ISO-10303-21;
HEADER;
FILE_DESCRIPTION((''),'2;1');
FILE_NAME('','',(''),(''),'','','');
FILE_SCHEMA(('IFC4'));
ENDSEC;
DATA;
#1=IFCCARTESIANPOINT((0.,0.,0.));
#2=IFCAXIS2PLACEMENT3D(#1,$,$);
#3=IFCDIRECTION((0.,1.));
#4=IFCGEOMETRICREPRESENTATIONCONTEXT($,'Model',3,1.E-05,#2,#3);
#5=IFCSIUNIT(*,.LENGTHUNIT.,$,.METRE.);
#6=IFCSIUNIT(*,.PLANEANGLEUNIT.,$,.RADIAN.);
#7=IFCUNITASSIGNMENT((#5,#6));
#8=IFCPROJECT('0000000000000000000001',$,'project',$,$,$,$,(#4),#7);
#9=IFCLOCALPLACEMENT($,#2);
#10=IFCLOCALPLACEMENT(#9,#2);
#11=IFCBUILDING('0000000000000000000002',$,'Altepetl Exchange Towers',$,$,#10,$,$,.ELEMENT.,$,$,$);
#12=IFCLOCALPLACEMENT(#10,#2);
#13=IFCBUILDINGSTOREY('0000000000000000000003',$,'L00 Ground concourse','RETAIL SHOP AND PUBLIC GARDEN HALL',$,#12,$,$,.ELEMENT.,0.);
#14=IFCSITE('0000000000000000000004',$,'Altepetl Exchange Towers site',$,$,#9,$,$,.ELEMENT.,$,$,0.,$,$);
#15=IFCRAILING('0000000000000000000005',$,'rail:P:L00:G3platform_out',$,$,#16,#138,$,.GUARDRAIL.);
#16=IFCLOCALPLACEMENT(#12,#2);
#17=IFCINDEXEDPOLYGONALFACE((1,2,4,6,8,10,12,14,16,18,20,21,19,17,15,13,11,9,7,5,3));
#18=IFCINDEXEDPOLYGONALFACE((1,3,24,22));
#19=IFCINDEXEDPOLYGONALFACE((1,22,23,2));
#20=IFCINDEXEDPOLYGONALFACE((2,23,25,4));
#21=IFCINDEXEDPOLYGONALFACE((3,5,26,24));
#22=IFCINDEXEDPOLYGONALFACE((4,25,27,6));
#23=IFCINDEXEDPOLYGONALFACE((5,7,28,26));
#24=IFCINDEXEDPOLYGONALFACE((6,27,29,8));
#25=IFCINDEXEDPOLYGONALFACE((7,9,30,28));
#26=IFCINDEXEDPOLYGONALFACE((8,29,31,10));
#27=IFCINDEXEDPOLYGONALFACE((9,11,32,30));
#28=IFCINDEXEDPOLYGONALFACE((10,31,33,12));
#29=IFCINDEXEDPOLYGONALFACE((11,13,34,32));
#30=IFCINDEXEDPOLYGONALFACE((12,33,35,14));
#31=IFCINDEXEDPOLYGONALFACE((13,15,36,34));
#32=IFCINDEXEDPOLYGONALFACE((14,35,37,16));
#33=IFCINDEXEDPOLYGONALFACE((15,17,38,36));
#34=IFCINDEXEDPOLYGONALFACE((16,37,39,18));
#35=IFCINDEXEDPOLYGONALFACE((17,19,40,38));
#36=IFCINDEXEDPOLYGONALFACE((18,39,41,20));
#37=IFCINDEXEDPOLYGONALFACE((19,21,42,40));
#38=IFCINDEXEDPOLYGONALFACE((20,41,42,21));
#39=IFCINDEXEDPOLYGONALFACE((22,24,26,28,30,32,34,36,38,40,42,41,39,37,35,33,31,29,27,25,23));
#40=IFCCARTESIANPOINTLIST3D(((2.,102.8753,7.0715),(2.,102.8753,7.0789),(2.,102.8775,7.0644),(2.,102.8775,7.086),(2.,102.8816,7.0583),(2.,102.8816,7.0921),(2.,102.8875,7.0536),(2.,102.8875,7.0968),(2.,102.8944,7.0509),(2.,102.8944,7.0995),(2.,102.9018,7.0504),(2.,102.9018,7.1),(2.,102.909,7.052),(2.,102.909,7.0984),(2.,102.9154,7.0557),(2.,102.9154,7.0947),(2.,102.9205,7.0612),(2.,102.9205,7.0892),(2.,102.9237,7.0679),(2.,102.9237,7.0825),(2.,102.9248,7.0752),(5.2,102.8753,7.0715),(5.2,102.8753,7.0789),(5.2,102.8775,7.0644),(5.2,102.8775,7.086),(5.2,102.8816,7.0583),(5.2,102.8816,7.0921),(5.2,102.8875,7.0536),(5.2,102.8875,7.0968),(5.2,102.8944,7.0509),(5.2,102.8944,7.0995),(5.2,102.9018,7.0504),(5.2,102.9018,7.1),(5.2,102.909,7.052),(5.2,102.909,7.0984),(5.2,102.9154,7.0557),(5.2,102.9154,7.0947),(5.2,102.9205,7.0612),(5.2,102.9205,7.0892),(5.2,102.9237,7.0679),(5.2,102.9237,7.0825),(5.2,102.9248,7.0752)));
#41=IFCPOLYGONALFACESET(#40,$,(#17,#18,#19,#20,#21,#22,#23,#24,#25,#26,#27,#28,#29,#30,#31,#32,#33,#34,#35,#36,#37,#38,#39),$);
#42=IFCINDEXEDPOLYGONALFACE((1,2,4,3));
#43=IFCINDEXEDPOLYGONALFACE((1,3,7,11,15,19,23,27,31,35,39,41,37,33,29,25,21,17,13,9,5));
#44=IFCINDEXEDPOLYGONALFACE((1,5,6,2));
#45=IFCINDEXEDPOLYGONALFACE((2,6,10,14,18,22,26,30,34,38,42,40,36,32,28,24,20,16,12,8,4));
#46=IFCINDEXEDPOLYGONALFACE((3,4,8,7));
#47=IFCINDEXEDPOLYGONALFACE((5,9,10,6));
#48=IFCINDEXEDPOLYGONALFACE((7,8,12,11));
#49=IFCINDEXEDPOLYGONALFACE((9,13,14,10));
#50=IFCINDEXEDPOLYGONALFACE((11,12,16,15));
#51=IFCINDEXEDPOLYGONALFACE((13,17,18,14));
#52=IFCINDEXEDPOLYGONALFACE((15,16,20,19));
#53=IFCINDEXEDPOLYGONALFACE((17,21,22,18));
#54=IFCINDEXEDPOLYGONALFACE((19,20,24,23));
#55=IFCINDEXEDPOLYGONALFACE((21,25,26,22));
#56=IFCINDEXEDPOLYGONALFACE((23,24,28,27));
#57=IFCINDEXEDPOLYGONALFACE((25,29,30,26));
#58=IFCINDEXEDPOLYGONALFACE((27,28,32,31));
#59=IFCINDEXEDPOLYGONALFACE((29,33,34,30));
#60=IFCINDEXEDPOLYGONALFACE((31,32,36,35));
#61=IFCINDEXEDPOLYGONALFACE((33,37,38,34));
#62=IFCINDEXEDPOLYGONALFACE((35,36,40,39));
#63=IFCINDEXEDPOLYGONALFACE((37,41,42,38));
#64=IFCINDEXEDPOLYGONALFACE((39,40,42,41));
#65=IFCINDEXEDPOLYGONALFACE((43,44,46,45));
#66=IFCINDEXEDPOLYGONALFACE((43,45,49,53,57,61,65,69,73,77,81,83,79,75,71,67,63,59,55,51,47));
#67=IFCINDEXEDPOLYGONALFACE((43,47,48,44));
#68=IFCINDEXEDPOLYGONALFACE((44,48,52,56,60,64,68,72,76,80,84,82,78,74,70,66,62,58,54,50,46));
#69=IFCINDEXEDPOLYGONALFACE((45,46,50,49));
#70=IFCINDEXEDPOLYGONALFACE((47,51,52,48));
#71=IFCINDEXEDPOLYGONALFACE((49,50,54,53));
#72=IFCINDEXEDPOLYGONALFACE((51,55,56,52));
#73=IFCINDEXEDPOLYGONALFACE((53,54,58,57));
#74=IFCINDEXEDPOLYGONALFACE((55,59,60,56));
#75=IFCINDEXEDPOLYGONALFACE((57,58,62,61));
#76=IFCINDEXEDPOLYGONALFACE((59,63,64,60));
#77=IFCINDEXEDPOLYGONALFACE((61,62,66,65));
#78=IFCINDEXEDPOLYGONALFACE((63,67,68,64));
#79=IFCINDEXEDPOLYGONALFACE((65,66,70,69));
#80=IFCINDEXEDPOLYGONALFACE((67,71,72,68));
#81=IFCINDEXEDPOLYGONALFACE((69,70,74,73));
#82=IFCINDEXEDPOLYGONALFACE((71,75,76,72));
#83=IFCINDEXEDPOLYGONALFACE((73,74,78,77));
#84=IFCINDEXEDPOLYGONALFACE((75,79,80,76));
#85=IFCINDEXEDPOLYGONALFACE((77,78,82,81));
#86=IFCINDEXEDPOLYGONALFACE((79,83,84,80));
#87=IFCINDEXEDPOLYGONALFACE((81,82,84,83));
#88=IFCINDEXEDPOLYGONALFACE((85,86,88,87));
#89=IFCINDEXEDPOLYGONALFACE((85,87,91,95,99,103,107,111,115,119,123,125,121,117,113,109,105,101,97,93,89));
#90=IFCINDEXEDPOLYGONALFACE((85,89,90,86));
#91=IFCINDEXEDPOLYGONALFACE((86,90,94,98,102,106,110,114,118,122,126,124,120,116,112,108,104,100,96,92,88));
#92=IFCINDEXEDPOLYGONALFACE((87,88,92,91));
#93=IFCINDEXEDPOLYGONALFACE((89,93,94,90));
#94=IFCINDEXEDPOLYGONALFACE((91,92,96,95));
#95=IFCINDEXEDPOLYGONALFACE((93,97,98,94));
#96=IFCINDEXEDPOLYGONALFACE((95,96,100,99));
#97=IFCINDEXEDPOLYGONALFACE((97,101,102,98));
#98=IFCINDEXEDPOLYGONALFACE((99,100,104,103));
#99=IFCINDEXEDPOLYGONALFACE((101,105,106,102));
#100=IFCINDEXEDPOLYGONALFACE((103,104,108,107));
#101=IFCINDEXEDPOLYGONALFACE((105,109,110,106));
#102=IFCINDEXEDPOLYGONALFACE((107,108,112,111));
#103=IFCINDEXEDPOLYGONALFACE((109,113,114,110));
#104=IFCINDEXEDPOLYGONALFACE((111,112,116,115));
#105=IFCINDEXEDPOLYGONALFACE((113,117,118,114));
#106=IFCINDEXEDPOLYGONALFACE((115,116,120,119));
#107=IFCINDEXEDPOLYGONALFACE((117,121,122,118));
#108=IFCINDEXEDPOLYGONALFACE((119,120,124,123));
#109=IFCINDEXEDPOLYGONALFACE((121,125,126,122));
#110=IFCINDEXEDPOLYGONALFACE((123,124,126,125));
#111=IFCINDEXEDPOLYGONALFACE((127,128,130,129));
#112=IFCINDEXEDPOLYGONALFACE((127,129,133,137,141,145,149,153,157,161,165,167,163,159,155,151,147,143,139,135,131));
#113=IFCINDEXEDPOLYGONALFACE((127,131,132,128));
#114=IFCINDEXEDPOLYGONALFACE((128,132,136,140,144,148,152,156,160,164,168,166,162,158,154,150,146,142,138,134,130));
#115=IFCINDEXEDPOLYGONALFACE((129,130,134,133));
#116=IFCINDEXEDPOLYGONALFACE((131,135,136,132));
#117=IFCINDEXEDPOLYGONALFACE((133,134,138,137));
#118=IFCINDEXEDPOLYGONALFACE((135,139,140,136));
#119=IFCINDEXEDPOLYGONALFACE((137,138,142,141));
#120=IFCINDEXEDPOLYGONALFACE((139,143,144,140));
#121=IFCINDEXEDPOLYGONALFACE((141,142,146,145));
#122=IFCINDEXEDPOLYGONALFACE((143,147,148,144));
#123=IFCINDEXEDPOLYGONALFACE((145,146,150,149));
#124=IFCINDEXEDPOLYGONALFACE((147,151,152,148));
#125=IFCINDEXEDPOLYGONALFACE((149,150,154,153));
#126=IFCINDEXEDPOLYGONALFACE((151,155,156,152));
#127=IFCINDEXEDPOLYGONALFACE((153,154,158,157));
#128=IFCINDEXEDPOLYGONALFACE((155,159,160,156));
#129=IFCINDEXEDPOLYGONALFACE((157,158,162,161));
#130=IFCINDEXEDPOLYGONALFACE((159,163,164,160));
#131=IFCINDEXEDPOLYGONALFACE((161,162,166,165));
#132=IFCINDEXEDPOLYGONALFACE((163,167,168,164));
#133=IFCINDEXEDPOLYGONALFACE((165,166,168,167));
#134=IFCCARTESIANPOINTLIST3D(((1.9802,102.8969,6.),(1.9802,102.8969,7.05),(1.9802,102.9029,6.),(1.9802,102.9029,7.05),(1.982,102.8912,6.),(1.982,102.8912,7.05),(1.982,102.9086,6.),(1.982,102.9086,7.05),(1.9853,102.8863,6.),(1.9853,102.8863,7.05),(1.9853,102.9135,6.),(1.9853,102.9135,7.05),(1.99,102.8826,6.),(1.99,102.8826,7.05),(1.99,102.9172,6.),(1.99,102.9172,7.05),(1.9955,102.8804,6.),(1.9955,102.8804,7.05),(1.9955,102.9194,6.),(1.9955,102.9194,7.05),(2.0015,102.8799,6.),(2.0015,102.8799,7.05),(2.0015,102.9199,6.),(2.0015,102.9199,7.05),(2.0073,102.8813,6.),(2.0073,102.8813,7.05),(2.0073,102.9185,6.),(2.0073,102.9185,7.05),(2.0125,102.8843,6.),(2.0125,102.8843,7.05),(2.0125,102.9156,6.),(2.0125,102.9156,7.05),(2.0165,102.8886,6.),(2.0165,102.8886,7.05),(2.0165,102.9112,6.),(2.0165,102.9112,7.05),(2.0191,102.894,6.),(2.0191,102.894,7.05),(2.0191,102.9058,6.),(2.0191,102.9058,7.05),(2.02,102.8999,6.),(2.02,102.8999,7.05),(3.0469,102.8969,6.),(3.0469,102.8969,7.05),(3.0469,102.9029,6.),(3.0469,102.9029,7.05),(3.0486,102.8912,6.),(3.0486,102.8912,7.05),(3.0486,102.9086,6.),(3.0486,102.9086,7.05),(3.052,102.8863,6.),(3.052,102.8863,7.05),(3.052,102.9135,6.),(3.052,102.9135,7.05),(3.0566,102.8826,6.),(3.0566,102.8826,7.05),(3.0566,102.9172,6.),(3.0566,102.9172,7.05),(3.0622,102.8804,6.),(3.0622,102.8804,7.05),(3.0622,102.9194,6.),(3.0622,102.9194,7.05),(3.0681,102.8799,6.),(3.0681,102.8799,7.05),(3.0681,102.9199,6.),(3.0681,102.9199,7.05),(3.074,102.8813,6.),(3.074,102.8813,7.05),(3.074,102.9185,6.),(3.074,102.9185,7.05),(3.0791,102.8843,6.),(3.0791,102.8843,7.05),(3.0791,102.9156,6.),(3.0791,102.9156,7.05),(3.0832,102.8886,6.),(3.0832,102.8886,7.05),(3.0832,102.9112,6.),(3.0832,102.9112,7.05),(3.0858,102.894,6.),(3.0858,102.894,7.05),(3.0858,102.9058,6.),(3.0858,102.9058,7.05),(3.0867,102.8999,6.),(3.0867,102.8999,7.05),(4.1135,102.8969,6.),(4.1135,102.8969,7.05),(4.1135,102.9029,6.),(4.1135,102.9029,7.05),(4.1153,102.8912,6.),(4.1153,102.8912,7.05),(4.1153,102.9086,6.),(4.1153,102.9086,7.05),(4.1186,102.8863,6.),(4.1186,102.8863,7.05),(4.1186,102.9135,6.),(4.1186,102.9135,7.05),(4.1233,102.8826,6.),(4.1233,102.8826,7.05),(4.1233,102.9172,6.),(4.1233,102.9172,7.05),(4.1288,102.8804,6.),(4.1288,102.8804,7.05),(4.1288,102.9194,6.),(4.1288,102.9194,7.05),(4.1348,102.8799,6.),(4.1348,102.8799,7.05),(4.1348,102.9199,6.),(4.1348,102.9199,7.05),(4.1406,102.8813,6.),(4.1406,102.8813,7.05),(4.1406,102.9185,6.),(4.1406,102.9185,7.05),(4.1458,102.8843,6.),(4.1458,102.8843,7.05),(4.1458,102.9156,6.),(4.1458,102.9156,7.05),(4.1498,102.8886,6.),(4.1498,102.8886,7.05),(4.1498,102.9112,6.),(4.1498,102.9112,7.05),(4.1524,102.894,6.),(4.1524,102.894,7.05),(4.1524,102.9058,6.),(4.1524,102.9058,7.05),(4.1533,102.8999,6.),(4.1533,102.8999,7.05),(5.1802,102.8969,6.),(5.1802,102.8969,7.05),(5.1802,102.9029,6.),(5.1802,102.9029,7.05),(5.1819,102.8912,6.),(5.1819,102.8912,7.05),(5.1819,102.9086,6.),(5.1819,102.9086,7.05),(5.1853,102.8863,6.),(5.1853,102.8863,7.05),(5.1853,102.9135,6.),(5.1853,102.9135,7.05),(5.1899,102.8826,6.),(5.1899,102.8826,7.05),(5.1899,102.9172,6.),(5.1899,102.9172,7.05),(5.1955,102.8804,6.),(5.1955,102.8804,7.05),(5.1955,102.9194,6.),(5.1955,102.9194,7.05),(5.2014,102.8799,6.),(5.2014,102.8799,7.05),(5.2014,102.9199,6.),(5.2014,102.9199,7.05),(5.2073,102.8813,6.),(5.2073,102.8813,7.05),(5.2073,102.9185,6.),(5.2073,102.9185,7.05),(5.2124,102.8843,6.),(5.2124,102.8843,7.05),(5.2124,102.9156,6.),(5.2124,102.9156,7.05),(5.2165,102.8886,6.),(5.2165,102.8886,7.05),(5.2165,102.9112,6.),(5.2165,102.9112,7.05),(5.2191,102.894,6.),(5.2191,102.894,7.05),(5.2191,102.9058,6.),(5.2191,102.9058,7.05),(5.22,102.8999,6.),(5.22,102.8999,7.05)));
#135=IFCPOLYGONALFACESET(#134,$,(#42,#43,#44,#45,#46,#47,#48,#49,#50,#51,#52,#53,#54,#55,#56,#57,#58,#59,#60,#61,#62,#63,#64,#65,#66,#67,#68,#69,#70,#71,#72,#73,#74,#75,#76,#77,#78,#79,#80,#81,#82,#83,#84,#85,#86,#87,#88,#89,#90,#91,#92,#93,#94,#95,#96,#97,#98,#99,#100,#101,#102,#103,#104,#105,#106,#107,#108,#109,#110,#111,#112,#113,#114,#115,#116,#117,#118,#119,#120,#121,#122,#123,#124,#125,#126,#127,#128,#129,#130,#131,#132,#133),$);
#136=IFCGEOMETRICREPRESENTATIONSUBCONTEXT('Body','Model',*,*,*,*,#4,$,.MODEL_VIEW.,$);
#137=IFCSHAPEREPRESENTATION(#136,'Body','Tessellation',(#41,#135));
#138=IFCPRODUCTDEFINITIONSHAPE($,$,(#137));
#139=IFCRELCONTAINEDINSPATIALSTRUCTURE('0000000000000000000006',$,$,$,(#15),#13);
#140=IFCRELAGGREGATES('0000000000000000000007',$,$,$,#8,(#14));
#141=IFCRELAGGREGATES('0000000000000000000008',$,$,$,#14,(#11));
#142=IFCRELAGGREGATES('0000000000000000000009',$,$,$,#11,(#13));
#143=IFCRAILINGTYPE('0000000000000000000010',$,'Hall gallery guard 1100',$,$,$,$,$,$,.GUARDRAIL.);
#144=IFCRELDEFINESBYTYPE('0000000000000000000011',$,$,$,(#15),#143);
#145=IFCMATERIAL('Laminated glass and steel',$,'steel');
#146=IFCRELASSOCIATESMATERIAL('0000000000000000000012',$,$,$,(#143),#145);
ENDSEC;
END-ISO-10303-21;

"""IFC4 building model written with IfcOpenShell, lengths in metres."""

from ifc_helpers import new_model, si_unit, direction, frame, origin, origin_2d, place, context, subcontext, project, spatial, circle, extrude, source, transform, mapped, material, type_object, element, save


model = new_model("IFC4")

# Units and contexts
model_context = context("Model", 3, precision=1e-05, world=origin(), true_north=direction((0.0, 1.0)))
body_context = subcontext(model_context, "Body", "Model", "MODEL_VIEW")
ifc_project = project(units=[si_unit("LENGTHUNIT", "METRE"), si_unit("PLANEANGLEUNIT", "RADIAN")], contexts=[model_context])

# Site, building, storey
site_placement = place(None, origin())
site = spatial("IfcSite", under=ifc_project, at=site_placement, Name="Altepetl Exchange Towers site", CompositionType="ELEMENT", RefElevation=0.0)
building_placement = place(site_placement, origin())
building = spatial("IfcBuilding", under=site, at=building_placement, Name="Altepetl Exchange Towers", CompositionType="ELEMENT")
storey_placement = place(building_placement, origin())
storey = spatial("IfcBuildingStorey", under=building, at=storey_placement, Name="L00 Ground concourse", Description="RETAIL SHOP AND PUBLIC GARDEN HALL", CompositionType="ELEMENT", Elevation=0.0)

# Railing
ifc_material_1 = material(Name="Laminated glass and steel", Category="steel")
railing_type_1 = type_object("IfcRailingType", Name="Hall gallery guard 1100", PredefinedType="GUARDRAIL", material=ifc_material_1)
shared_shape_1 = source(origin(), body_context, "Body", "SweptSolid", [
    extrude(circle(Radius=0.02, at=origin_2d()), origin(), (0.0, 0.0, 1.0), 1.05),
])
railing_1_placement = place(storey_placement, frame((2.0, 102.8999, 6.0)))
element("IfcRailing", 1, at=railing_1_placement, inside=storey, type_object=railing_type_1, Name="rail:P:L00:G3platform_out", PredefinedType="GUARDRAIL", context=body_context, shape_type="SweptSolid", body=[
    extrude(circle(Radius=0.0249, at=origin_2d()), frame((0.0, 0.0, 1.0752), z_axis=(1.0, 0.0, 0.0), x_axis=(0.0, 1.0, 0.0)), (0.0, 0.0, 1.0), 3.2),
    mapped(shared_shape_1, transform((0.0, 0.0, 0.0))),
    mapped(shared_shape_1, transform((1.0667, 0.0, 0.0))),
    mapped(shared_shape_1, transform((2.1333, 0.0, 0.0))),
    mapped(shared_shape_1, transform((3.2, 0.0, 0.0))),
])

save(model, "model.ifc")
